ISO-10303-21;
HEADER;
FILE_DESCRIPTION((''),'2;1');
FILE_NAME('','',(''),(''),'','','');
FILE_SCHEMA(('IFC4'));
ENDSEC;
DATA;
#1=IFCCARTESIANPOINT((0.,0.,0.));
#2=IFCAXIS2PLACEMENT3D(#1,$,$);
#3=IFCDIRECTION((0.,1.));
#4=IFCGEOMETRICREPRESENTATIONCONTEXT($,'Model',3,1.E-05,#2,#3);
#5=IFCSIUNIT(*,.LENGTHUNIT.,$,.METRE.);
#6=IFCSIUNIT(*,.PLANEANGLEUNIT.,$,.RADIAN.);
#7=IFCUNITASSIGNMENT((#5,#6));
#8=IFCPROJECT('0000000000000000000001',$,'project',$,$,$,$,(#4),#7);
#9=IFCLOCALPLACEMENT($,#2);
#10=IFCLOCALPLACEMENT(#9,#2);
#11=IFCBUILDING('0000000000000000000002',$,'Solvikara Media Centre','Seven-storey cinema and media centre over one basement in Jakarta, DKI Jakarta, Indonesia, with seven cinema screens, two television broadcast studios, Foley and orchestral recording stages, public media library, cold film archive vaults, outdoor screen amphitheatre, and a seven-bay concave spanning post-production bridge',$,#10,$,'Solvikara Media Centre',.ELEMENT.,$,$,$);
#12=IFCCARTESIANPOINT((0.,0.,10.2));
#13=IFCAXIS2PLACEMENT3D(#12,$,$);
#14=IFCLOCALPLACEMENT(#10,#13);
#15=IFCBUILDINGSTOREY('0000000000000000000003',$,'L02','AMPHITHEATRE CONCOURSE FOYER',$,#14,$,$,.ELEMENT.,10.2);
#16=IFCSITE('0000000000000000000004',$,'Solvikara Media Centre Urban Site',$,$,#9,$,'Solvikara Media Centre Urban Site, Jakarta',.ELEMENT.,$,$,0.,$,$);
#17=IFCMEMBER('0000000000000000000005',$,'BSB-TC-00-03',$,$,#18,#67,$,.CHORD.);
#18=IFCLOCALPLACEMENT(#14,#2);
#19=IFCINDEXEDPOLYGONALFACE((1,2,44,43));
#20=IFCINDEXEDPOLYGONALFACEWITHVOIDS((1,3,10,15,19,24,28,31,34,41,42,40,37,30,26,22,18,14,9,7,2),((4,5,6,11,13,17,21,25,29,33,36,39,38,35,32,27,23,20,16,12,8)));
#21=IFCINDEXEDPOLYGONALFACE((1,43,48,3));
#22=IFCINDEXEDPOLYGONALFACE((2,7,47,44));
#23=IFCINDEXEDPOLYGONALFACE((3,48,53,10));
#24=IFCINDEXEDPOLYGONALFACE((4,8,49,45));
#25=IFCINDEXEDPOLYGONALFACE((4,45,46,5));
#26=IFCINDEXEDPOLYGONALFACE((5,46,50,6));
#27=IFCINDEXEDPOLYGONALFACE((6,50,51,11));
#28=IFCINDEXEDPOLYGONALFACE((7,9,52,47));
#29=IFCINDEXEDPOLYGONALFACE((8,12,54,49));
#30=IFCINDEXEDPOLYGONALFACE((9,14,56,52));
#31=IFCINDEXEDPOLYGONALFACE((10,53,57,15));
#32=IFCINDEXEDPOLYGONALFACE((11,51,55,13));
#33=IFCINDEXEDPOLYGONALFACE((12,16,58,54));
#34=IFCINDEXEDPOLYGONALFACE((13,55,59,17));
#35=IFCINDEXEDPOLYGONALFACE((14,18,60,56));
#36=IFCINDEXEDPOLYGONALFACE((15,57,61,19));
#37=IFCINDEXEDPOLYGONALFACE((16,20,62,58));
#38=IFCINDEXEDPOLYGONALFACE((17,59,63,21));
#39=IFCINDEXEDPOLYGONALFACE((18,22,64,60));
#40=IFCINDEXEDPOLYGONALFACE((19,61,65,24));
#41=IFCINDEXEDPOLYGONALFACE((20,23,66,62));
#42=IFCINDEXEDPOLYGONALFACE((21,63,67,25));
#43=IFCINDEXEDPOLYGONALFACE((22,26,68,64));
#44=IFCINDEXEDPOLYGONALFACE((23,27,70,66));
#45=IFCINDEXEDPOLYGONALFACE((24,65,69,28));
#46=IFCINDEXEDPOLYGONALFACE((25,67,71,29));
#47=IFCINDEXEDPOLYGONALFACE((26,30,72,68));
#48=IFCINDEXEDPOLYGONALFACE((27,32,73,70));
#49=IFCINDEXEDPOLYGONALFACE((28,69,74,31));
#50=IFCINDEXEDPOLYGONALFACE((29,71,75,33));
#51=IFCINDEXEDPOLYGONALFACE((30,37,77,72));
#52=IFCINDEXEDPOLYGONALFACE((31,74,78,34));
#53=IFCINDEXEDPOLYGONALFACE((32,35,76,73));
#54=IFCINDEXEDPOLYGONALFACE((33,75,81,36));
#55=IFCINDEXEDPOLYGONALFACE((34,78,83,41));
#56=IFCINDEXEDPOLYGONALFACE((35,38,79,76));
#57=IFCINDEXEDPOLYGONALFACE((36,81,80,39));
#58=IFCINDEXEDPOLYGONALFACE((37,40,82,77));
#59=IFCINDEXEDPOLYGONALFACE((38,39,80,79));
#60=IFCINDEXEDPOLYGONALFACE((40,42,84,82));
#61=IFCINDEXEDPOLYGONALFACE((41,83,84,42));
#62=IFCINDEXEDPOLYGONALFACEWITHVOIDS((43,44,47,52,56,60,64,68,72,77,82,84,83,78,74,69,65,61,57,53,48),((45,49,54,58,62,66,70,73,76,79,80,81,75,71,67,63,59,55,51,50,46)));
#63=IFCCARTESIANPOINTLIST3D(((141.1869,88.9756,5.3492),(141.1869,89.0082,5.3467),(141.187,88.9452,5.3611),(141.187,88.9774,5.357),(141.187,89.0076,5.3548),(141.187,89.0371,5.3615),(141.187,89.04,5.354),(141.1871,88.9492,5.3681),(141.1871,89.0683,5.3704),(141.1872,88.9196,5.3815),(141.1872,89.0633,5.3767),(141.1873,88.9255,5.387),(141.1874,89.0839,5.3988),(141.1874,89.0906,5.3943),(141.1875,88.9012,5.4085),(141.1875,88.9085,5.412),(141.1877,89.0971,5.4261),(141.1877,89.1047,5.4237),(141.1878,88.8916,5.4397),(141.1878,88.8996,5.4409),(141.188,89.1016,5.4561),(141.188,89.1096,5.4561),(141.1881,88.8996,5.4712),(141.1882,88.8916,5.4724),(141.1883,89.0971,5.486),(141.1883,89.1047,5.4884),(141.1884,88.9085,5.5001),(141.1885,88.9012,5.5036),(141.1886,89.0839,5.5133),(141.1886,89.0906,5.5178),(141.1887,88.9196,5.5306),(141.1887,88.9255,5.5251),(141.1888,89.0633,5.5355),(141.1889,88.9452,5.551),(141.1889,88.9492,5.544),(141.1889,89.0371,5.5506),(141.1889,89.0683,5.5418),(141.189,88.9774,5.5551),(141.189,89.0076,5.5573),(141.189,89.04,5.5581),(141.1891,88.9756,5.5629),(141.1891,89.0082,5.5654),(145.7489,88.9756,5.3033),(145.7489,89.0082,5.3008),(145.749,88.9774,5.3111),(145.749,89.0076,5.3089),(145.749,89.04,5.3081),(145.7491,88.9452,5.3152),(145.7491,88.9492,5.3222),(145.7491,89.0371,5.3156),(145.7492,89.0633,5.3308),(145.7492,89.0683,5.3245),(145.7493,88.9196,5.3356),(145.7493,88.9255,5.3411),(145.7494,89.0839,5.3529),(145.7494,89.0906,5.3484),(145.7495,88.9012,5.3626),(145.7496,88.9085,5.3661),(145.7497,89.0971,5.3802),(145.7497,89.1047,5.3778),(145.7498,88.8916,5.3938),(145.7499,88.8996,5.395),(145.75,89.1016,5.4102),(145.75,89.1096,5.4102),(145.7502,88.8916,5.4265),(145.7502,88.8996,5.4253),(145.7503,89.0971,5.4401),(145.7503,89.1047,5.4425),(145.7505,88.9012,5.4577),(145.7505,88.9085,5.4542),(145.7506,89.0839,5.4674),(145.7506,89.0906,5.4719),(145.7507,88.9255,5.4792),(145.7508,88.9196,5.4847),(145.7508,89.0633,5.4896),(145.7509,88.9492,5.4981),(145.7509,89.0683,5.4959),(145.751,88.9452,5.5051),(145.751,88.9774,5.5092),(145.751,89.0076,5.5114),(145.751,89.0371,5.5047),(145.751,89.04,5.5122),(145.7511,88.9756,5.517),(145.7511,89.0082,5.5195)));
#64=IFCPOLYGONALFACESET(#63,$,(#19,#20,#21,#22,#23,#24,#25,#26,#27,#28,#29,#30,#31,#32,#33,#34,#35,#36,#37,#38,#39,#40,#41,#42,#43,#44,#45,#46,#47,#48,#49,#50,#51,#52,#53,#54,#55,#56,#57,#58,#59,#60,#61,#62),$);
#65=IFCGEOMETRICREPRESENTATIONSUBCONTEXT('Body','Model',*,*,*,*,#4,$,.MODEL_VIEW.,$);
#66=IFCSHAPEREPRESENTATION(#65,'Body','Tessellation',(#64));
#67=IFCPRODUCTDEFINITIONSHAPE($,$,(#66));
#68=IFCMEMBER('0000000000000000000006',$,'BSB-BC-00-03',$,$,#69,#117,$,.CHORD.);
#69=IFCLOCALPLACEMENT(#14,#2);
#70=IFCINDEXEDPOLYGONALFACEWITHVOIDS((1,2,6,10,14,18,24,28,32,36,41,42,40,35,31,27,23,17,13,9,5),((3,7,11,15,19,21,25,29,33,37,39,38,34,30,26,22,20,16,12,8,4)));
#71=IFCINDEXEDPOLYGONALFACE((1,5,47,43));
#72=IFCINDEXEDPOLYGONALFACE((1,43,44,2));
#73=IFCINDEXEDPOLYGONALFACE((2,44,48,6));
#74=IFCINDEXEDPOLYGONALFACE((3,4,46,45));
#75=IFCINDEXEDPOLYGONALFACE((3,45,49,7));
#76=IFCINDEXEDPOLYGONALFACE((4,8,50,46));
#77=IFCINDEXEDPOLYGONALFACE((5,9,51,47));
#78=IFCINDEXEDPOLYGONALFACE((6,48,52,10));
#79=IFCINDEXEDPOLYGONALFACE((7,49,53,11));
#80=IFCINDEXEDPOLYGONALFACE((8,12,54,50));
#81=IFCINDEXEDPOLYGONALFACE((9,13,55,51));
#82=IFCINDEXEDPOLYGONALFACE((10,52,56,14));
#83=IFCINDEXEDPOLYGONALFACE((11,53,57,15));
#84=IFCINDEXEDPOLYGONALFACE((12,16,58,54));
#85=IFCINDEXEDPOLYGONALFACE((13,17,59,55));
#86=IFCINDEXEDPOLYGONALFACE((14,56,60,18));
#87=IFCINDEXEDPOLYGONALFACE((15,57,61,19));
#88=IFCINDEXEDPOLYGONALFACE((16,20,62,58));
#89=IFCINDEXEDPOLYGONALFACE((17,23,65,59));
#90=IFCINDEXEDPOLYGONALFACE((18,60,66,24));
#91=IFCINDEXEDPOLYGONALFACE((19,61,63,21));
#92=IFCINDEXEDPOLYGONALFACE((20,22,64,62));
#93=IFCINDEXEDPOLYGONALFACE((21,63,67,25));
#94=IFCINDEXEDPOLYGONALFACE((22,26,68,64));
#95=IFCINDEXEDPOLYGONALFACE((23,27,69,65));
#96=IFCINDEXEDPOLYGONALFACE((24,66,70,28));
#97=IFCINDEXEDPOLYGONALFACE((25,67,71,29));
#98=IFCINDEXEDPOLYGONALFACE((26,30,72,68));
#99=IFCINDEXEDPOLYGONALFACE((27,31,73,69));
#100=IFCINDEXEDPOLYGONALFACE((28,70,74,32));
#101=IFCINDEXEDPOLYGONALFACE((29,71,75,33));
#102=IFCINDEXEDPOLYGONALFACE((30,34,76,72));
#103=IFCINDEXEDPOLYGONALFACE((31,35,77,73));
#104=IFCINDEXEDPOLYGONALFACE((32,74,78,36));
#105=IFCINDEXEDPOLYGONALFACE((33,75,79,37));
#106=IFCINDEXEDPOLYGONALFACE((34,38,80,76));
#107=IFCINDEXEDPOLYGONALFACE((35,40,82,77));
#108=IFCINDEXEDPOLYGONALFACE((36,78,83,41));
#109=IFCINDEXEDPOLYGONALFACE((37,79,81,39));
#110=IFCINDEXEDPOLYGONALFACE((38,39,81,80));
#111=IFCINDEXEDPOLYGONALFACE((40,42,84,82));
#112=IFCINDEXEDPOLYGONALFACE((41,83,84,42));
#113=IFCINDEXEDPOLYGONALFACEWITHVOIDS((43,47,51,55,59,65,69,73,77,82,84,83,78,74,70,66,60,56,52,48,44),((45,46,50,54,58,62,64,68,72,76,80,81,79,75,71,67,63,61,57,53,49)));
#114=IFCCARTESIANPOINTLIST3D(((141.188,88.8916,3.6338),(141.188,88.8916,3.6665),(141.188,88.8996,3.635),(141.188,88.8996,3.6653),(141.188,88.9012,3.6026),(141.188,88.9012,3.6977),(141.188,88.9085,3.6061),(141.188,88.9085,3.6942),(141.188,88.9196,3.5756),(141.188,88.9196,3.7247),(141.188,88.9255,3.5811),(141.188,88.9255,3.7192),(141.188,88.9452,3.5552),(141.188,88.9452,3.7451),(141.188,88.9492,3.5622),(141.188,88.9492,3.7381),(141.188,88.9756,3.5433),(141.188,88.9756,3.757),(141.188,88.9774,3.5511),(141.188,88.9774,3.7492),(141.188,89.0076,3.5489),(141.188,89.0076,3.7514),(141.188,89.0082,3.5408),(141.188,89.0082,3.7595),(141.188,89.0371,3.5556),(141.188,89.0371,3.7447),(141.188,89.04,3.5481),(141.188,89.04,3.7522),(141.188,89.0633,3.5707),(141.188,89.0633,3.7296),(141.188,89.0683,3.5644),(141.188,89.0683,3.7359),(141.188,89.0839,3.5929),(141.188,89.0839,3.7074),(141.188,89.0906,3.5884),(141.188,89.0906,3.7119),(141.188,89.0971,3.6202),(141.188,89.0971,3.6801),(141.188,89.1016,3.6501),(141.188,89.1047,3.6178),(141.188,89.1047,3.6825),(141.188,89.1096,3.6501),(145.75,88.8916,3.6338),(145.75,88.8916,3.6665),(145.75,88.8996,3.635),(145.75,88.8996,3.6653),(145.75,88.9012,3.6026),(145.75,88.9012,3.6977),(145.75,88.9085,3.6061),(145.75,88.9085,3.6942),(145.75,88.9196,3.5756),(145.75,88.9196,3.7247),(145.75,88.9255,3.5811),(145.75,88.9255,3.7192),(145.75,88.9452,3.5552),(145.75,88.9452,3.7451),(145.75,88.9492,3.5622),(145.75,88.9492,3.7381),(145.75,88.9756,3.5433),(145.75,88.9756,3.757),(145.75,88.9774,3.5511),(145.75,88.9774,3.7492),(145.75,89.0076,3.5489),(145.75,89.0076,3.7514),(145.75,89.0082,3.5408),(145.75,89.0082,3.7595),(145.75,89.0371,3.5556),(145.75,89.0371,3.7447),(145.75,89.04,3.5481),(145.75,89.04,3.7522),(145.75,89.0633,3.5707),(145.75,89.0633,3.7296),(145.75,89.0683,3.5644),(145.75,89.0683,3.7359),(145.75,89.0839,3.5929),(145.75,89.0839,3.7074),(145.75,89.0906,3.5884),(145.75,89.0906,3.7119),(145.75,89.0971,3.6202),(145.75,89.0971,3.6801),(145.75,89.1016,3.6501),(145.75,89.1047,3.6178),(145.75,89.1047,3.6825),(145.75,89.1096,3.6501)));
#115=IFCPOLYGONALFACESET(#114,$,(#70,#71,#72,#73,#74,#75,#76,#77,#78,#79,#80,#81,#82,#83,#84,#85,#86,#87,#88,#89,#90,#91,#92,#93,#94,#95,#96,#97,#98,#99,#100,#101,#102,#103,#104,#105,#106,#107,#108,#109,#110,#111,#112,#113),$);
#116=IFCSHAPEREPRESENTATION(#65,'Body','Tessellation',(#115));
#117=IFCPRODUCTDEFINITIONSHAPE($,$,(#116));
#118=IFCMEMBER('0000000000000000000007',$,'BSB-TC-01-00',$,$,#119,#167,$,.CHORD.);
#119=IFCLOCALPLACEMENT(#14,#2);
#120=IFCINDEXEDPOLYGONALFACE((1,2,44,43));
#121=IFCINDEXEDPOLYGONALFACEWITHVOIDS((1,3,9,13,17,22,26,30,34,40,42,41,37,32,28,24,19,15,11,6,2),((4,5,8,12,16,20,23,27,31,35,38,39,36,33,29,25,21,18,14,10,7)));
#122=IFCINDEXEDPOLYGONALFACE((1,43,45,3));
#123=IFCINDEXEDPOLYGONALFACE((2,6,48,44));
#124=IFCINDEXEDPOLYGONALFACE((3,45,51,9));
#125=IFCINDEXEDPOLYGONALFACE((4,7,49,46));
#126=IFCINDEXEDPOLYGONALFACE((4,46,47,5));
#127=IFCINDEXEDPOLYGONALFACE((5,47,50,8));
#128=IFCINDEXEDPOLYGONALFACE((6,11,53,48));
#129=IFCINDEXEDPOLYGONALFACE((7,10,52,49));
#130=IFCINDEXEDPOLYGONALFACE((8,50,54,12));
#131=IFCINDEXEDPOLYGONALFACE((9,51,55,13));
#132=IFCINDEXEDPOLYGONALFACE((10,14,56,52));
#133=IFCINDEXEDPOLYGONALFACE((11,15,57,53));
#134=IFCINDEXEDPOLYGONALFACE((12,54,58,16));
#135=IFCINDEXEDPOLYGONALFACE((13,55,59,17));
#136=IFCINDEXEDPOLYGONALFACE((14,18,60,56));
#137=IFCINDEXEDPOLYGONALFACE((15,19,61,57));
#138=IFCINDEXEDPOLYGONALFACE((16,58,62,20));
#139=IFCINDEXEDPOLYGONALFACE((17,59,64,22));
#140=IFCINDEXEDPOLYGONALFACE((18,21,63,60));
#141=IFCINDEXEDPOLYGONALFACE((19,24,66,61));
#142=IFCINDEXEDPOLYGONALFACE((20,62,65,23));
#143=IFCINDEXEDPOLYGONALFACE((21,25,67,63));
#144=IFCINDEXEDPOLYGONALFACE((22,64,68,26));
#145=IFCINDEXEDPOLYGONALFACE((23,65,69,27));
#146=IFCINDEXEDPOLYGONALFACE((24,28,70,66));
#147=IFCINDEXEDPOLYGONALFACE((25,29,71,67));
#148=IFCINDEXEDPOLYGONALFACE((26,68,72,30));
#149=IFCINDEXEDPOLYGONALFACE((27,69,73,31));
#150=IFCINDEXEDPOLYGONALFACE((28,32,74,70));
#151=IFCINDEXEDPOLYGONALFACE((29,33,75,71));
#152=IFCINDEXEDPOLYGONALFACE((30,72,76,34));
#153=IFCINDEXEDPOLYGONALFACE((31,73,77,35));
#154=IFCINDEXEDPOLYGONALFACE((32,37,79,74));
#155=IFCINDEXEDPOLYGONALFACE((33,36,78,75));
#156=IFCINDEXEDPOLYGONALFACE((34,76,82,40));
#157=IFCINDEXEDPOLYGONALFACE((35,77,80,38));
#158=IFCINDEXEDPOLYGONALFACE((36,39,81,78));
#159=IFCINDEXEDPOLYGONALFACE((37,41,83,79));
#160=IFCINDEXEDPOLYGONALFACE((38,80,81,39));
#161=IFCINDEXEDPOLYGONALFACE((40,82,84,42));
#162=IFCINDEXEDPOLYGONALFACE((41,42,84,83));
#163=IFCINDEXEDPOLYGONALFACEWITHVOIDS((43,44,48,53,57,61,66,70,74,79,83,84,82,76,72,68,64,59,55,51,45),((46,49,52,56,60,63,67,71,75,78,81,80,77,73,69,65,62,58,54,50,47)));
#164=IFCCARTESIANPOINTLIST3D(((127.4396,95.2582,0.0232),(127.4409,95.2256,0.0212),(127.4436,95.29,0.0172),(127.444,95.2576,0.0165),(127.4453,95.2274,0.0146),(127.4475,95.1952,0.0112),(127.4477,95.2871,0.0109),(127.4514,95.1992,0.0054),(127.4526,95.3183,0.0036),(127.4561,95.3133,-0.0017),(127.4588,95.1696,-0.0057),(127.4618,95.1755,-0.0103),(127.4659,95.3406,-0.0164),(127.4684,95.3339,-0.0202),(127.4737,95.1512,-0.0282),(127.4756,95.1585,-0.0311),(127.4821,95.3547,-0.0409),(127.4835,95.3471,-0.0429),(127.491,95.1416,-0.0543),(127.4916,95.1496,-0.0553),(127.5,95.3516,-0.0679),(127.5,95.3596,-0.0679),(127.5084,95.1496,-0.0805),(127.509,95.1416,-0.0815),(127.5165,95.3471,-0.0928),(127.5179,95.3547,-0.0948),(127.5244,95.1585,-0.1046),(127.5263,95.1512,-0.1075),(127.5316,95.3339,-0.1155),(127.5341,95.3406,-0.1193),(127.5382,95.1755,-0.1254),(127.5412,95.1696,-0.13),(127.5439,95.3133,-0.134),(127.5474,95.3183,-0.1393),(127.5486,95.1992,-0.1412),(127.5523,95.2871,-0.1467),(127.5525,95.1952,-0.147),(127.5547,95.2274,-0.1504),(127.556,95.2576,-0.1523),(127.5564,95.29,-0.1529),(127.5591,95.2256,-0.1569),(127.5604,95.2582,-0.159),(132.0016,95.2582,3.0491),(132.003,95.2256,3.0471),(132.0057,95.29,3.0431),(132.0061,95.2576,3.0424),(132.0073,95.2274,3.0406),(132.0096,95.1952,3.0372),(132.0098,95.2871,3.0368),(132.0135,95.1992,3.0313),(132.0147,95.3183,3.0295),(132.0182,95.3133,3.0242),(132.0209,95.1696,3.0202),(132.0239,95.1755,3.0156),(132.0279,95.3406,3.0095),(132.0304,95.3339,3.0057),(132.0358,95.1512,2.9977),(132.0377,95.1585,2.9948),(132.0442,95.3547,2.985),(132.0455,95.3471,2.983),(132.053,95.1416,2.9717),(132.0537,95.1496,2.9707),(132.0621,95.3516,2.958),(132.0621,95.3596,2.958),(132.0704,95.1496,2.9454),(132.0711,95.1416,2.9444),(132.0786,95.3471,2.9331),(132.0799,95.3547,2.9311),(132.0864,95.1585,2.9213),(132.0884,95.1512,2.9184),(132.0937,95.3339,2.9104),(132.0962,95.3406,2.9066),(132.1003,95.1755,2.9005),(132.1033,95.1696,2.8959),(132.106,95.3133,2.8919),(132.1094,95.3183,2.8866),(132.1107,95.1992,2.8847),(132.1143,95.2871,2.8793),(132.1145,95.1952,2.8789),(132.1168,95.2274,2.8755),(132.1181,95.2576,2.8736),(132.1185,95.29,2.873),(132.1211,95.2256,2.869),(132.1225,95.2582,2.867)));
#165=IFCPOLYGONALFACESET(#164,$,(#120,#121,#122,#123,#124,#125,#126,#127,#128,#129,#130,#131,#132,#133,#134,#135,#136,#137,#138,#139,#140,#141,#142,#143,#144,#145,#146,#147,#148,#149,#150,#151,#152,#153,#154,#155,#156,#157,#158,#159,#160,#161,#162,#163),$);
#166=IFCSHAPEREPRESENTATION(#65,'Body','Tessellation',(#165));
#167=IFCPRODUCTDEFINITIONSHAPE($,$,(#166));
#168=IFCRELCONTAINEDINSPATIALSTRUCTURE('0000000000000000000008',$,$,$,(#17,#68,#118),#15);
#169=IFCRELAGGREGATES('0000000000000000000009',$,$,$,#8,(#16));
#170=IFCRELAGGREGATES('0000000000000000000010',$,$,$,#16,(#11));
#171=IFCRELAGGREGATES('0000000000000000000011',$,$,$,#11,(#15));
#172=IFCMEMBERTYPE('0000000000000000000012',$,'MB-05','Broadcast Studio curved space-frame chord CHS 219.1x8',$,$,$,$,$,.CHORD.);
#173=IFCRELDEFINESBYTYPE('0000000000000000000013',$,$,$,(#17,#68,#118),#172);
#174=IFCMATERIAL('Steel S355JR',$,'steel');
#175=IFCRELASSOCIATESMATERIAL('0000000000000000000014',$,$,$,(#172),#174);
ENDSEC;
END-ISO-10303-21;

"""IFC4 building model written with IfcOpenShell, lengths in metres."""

from ifc_helpers import new_model, si_unit, direction, frame, origin, origin_2d, place, context, subcontext, project, spatial, hollow_circle, extrude, material, material_profile, profile_set, type_object, element, save


model = new_model("IFC4")

# Units and contexts
model_context = context("Model", 3, precision=1e-05, world=origin(), true_north=direction((0.0, 1.0)))
body_context = subcontext(model_context, "Body", "Model", "MODEL_VIEW")
ifc_project = project(units=[si_unit("LENGTHUNIT", "METRE"), si_unit("PLANEANGLEUNIT", "RADIAN")], contexts=[model_context])

# Site, building, storey
site_placement = place(None, origin())
site = spatial("IfcSite", under=ifc_project, at=site_placement, Name="Solvikara Media Centre Urban Site", LongName="Solvikara Media Centre Urban Site, Jakarta", CompositionType="ELEMENT", RefElevation=0.0)
building_placement = place(site_placement, origin())
building = spatial("IfcBuilding", under=site, at=building_placement, Name="Solvikara Media Centre", Description="Seven-storey cinema and media centre over one basement in Jakarta, DKI Jakarta, Indonesia, with seven cinema screens, two television broadcast studios, Foley and orchestral recording stages, public media library, cold film archive vaults, outdoor screen amphitheatre, and a seven-bay concave spanning post-production bridge", LongName="Solvikara Media Centre", CompositionType="ELEMENT")
storey_placement = place(building_placement, frame((0.0, 0.0, 10.2)))
storey = spatial("IfcBuildingStorey", under=building, at=storey_placement, Name="L02", Description="AMPHITHEATRE CONCOURSE FOYER", CompositionType="ELEMENT", Elevation=10.2)

# Members
ifc_material_1 = material(Name="Steel S355JR", Category="steel")
ifc_material_profile_1 = material_profile(ifc_material_1, hollow_circle(Radius=0.1096, WallThickness=0.0081, at=origin_2d()), Name="CHS 219.1x8")
ifc_profile_set_1 = profile_set([ifc_material_profile_1], Name="Steel S355JR")
member_type_1 = type_object("IfcMemberType", Name="MB-05", Description="Broadcast Studio curved space-frame chord CHS 219.1x8", PredefinedType="CHORD", material=ifc_profile_set_1)
member_1_placement = place(storey_placement, frame((141.188, 89.0, 5.4561), z_axis=(0.999949, 0.0, -0.01006), x_axis=(0.0, 1.0, 0.0)))
element("IfcMember", 1, at=member_1_placement, inside=storey, type_object=member_type_1, Name="BSB-TC-00-03", PredefinedType="CHORD", context=body_context, shape_type="SweptSolid", body=[
    extrude(hollow_circle(Radius=0.1096, WallThickness=0.0081, at=origin_2d()), origin(), (0.0, 0.0, 1.0), 4.5623),
])
member_2_placement = place(storey_placement, frame((141.188, 89.0, 3.6501), z_axis=(1.0, 0.0, 0.0), x_axis=(0.0, 1.0, 0.0)))
element("IfcMember", 2, at=member_2_placement, inside=storey, type_object=member_type_1, Name="BSB-BC-00-03", PredefinedType="CHORD", context=body_context, shape_type="SweptSolid", body=[
    extrude(hollow_circle(Radius=0.1096, WallThickness=0.0081, at=origin_2d()), origin(), (0.0, 0.0, 1.0), 4.562),
])
member_3_placement = place(storey_placement, frame((127.5, 95.25, -0.0679), z_axis=(0.833352, 0.0, 0.552743), x_axis=(0.0, 1.0, 0.0)))
element("IfcMember", 3, at=member_3_placement, inside=storey, type_object=member_type_1, Name="BSB-TC-01-00", PredefinedType="CHORD", context=body_context, shape_type="SweptSolid", body=[
    extrude(hollow_circle(Radius=0.1096, WallThickness=0.0081, at=origin_2d()), origin(), (0.0, 0.0, 1.0), 5.4744),
])

save(model, "model.ifc")
